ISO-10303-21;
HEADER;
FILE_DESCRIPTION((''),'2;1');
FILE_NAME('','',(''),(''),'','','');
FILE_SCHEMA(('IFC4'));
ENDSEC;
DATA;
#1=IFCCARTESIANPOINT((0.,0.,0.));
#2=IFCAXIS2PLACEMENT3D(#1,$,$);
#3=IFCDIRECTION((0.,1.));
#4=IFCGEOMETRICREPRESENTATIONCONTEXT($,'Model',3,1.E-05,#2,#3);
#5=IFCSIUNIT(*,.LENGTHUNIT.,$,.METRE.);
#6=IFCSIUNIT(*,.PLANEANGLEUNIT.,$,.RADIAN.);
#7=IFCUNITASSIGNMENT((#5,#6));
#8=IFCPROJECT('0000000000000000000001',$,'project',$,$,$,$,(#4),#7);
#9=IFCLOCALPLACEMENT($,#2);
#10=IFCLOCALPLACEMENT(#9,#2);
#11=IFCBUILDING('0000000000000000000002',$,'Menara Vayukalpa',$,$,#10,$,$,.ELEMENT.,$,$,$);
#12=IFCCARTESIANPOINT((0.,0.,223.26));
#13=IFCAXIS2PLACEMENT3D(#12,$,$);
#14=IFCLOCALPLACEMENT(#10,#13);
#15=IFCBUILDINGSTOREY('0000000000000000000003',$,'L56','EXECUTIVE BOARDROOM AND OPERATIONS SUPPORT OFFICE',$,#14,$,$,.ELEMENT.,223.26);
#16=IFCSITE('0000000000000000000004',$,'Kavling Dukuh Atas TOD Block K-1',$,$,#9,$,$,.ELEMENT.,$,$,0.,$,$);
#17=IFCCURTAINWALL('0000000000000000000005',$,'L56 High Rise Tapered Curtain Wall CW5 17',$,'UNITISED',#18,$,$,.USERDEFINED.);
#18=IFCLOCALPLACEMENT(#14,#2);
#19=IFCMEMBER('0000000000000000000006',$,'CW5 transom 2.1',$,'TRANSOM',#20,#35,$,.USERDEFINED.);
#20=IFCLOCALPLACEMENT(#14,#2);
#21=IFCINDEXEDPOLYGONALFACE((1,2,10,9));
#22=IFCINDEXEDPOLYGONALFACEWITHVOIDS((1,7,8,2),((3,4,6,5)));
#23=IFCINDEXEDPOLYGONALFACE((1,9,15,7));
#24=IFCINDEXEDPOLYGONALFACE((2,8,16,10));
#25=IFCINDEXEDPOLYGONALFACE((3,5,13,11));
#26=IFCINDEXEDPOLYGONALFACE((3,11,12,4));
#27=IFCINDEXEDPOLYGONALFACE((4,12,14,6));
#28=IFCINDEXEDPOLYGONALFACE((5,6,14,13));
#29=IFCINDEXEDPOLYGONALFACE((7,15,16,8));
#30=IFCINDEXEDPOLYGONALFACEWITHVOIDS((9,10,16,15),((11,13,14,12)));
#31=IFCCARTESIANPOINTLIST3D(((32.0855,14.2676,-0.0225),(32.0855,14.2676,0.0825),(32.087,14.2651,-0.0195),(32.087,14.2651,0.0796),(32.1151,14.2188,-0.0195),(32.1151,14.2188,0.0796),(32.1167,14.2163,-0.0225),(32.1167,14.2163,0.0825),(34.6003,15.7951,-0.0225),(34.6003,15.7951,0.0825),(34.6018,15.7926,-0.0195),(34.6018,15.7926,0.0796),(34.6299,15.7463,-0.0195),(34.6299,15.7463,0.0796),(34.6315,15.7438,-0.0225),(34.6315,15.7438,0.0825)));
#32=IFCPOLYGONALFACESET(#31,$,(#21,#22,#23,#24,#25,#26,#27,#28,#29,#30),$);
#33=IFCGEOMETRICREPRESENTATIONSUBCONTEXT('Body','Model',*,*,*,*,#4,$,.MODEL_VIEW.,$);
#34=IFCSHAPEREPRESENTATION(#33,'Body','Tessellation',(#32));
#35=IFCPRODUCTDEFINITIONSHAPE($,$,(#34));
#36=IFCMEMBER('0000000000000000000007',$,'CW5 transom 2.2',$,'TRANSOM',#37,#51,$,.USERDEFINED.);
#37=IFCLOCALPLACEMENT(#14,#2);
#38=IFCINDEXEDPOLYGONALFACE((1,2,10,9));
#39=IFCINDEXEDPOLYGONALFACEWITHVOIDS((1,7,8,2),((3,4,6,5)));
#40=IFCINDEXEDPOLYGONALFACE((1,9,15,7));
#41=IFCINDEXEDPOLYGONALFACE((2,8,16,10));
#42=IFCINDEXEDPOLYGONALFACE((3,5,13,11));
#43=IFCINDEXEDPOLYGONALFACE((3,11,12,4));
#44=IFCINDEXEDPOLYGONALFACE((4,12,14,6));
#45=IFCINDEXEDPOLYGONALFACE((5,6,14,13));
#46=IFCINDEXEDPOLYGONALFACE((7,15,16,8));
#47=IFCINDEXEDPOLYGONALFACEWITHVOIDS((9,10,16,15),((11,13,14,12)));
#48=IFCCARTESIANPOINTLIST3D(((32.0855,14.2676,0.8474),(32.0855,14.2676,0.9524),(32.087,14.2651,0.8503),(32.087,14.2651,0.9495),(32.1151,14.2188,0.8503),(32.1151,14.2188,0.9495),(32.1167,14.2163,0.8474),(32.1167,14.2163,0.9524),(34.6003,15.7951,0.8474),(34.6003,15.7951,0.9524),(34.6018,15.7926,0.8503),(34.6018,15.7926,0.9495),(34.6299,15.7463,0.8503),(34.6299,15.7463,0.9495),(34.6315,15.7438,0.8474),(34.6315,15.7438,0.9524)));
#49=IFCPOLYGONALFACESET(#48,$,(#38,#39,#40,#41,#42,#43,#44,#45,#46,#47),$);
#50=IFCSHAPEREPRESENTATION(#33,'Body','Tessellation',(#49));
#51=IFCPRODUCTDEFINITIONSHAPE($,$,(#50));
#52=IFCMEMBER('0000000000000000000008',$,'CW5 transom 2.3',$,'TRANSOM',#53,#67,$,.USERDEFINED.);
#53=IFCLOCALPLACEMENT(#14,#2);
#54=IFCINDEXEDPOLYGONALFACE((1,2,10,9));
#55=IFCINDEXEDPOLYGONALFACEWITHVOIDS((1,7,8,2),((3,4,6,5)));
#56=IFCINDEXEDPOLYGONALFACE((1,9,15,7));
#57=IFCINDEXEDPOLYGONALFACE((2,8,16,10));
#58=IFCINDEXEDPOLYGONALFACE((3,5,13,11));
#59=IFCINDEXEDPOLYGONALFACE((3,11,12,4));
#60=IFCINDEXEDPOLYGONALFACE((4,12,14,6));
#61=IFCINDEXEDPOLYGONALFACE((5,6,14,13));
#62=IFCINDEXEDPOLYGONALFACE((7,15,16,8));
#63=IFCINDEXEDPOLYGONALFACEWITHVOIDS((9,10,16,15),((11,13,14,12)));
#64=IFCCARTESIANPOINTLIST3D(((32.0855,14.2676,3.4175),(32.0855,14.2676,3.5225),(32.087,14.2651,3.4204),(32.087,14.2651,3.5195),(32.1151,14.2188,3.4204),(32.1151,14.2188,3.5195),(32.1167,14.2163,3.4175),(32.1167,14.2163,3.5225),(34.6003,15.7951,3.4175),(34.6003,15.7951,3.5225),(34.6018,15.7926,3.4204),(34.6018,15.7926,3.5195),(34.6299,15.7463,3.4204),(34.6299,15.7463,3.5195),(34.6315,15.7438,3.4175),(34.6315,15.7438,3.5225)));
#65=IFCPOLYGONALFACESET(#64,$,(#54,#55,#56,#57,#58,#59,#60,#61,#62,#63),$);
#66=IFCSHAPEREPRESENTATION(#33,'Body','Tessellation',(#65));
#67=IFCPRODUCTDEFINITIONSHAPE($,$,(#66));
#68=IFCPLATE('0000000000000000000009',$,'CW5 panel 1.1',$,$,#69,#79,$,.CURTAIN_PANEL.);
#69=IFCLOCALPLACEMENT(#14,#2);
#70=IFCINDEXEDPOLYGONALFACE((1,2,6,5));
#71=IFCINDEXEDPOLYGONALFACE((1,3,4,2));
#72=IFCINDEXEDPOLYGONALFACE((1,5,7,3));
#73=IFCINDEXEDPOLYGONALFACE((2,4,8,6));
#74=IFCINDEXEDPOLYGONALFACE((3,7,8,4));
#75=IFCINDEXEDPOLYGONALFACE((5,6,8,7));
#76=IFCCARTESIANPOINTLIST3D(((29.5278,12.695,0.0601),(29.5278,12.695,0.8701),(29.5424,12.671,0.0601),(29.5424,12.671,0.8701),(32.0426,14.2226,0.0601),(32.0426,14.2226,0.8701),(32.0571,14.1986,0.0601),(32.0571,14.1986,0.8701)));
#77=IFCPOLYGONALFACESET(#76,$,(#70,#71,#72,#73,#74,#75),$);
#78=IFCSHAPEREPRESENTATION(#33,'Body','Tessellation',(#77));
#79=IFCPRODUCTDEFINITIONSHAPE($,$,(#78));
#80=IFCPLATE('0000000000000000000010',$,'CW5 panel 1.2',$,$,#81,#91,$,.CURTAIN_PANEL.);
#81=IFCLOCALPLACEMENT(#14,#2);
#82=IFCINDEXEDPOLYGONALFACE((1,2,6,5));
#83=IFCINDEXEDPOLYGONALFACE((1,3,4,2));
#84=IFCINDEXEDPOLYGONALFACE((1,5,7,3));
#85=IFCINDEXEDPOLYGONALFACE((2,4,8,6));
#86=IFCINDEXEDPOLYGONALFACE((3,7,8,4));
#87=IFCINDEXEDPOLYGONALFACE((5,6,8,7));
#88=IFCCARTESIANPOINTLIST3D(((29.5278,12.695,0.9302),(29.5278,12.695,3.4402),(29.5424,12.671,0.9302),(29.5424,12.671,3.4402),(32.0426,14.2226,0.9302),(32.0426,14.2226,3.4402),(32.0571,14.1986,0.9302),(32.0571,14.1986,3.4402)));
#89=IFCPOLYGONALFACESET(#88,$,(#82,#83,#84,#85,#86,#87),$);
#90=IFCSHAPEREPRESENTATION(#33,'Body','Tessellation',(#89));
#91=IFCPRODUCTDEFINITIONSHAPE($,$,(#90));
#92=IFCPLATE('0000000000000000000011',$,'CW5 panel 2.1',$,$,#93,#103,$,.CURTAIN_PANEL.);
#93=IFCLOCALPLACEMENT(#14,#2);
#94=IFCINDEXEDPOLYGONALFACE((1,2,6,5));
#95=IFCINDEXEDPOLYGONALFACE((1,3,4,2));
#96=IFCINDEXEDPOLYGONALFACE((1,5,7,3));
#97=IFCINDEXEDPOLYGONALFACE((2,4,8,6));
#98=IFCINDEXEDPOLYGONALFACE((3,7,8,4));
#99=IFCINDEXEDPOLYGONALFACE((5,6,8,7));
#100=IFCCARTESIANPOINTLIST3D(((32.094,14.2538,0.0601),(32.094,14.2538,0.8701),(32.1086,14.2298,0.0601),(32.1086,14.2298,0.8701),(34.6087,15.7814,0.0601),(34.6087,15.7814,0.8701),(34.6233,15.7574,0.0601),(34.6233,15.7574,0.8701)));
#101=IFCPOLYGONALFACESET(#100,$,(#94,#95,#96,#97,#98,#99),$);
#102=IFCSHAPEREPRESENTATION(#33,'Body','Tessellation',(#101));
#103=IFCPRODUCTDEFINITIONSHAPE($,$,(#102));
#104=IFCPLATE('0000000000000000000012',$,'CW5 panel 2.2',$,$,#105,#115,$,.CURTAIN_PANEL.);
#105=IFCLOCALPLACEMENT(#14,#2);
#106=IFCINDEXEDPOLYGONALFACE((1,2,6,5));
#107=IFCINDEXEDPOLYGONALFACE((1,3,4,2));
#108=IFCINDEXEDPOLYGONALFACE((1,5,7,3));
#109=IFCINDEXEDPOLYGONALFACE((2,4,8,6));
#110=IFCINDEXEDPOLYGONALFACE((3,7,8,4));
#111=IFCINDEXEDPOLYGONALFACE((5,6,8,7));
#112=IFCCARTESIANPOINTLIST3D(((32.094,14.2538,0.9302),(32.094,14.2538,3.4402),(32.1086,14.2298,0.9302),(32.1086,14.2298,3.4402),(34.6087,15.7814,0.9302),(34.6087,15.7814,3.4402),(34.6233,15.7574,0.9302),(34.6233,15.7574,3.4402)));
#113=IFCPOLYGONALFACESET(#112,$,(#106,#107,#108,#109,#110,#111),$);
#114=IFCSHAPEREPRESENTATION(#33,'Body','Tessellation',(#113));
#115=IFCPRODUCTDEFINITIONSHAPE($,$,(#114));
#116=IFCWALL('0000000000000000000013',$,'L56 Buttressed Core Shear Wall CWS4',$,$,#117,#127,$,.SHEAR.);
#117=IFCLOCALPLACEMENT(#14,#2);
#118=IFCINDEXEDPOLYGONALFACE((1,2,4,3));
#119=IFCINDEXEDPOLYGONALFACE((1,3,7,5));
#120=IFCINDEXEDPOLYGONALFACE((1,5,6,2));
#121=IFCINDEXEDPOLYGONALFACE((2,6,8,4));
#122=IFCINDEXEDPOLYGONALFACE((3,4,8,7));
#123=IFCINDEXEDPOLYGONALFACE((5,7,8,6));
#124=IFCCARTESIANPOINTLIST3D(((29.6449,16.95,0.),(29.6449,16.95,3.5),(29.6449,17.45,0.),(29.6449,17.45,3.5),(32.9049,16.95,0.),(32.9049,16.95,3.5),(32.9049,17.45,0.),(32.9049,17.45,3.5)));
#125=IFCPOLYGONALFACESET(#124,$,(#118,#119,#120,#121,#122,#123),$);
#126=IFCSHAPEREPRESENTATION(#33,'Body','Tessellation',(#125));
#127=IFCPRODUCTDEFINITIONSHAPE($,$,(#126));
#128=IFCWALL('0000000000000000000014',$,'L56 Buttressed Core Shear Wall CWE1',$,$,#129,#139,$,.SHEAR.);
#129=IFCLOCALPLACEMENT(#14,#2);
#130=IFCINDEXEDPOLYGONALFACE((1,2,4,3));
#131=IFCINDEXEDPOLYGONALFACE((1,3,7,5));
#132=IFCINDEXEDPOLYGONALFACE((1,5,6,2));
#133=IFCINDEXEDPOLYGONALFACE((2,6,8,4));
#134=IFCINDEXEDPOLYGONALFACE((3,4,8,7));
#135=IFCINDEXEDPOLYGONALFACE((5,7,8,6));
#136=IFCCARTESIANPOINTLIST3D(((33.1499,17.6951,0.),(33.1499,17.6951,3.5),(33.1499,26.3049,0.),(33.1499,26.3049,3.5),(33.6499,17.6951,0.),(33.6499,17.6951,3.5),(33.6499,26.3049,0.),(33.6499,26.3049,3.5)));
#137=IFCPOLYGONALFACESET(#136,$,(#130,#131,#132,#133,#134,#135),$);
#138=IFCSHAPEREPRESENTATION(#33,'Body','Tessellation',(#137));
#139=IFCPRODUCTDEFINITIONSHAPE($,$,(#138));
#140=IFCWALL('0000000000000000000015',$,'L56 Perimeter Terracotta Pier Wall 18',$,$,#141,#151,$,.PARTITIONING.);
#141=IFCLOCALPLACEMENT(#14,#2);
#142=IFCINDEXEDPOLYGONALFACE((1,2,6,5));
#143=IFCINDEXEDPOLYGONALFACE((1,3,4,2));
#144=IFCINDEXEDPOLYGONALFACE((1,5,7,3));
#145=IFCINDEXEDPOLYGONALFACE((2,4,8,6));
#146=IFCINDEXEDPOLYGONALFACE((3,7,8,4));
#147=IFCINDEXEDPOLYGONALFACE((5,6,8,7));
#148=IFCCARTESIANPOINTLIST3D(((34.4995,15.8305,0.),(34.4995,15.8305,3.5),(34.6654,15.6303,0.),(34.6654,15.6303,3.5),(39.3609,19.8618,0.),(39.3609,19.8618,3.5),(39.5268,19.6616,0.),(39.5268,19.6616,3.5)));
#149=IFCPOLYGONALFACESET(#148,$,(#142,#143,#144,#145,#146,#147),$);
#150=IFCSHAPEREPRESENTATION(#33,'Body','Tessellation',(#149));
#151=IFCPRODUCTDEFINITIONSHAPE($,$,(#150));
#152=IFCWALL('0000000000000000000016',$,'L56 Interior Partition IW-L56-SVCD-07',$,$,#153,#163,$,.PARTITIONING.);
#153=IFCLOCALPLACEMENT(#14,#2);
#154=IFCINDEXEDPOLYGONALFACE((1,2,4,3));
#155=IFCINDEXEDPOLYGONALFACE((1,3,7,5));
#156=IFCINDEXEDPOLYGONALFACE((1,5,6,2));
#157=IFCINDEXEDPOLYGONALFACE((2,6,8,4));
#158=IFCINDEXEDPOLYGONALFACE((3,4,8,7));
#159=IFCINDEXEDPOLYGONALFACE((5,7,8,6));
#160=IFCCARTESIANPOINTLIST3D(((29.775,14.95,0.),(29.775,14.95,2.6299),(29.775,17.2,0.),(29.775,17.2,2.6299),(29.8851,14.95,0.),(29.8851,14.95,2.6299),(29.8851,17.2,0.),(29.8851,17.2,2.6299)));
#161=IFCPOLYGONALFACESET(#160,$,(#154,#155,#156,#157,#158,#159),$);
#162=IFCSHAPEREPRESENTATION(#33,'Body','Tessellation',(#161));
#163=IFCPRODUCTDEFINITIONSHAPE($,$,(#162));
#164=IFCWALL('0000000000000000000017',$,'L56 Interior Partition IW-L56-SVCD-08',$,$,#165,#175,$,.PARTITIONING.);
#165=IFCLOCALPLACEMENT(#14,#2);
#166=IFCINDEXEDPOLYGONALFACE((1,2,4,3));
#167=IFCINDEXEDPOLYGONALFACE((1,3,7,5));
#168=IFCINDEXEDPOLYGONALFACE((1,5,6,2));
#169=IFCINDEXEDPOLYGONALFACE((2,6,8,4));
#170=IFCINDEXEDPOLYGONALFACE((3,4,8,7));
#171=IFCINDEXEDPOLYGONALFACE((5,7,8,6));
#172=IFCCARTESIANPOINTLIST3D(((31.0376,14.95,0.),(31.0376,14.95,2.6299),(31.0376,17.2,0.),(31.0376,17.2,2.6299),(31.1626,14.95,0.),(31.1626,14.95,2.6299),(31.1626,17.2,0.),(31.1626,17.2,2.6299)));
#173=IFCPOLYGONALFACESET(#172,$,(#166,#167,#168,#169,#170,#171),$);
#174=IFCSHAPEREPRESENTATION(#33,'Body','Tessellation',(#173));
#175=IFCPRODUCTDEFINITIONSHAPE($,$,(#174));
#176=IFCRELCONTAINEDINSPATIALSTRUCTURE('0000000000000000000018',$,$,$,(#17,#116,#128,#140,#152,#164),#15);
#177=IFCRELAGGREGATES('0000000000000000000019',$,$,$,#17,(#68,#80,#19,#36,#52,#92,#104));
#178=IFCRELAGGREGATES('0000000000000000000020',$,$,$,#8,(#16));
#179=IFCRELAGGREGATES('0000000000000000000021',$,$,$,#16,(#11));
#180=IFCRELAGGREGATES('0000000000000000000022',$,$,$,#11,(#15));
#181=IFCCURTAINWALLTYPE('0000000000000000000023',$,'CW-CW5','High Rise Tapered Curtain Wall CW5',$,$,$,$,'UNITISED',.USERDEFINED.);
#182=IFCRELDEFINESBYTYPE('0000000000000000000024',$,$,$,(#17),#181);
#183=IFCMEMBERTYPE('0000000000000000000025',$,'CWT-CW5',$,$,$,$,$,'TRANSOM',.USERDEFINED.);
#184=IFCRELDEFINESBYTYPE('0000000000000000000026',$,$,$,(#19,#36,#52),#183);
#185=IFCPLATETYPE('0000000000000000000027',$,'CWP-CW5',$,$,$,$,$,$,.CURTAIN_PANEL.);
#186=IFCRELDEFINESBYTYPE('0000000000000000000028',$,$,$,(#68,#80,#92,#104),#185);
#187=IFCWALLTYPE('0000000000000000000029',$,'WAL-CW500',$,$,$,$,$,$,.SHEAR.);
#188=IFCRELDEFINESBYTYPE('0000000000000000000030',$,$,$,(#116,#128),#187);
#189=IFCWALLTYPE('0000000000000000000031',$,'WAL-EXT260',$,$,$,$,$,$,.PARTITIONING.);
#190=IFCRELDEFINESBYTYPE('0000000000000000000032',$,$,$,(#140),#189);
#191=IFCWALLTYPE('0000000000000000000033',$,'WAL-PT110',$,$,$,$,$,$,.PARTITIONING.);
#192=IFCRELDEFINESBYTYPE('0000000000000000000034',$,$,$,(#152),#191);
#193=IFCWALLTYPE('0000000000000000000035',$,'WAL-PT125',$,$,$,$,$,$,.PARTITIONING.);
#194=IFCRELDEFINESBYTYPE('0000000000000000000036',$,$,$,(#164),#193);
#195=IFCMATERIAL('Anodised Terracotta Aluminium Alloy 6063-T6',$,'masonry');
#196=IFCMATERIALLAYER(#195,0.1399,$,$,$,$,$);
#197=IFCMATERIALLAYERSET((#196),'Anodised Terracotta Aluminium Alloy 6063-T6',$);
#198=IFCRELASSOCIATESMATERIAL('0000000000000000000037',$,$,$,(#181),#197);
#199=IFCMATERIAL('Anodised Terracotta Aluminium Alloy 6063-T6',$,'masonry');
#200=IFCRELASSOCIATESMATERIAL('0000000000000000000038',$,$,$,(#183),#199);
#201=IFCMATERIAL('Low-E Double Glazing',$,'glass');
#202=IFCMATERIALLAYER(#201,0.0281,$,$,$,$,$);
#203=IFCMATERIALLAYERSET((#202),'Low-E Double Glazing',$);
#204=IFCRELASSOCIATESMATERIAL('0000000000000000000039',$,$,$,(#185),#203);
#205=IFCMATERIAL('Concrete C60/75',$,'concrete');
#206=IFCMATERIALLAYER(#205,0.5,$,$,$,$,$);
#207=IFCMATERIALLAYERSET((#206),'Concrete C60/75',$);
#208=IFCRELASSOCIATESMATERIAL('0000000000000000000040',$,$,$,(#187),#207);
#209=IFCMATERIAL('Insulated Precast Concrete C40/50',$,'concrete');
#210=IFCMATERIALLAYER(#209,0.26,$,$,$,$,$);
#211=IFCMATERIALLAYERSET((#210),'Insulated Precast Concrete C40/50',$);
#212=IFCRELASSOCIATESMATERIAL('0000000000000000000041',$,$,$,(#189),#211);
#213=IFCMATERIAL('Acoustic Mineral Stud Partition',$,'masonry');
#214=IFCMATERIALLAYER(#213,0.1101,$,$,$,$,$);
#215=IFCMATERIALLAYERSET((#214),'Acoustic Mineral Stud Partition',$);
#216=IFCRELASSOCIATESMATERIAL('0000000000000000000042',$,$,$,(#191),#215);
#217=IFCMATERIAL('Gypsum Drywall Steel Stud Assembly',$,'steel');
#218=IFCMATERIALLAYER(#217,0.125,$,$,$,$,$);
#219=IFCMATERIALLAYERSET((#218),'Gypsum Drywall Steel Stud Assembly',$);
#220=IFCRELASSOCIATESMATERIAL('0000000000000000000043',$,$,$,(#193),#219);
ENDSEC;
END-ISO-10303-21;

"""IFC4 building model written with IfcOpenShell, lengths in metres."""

from ifc_helpers import new_model, si_unit, direction, frame, frame_2d, origin, origin_2d, place, context, subcontext, project, spatial, rectangle, hollow_rectangle, extrude, material, layer, layer_set, material_profile, profile_set, type_object, element, aggregate, save


model = new_model("IFC4")

# Units and contexts
model_context = context("Model", 3, precision=1e-05, world=origin(), true_north=direction((0.0, 1.0)))
body_context = subcontext(model_context, "Body", "Model", "MODEL_VIEW")
ifc_project = project(units=[si_unit("LENGTHUNIT", "METRE"), si_unit("PLANEANGLEUNIT", "RADIAN")], contexts=[model_context])

# Site, building, storey
site_placement = place(None, origin())
site = spatial("IfcSite", under=ifc_project, at=site_placement, Name="Kavling Dukuh Atas TOD Block K-1", CompositionType="ELEMENT", RefElevation=0.0)
building_placement = place(site_placement, origin())
building = spatial("IfcBuilding", under=site, at=building_placement, Name="Menara Vayukalpa", CompositionType="ELEMENT")
storey_placement = place(building_placement, frame((0.0, 0.0, 223.26)))
storey = spatial("IfcBuildingStorey", under=building, at=storey_placement, Name="L56", Description="EXECUTIVE BOARDROOM AND OPERATIONS SUPPORT OFFICE", CompositionType="ELEMENT", Elevation=223.26)

# Shared definitions
ifc_material_1 = material(Name="Anodised Terracotta Aluminium Alloy 6063-T6", Category="masonry")
ifc_layer_1 = layer(ifc_material_1, 0.1399)
ifc_layer_set_1 = layer_set([ifc_layer_1], Name="Anodised Terracotta Aluminium Alloy 6063-T6")
curtain_wall_type = type_object("IfcCurtainWallType", Name="CW-CW5", Description="High Rise Tapered Curtain Wall CW5", ElementType="UNITISED", PredefinedType="USERDEFINED", material=ifc_layer_set_1)

# Curtain wall, members, plates
curtain_wall_1_placement = place(storey_placement, origin())
curtain_wall_1 = element("IfcCurtainWall", 1, at=curtain_wall_1_placement, inside=storey, type_object=curtain_wall_type, Name="L56 High Rise Tapered Curtain Wall CW5 17", ObjectType="UNITISED", PredefinedType="USERDEFINED")
ifc_material_2 = material(Name="Anodised Terracotta Aluminium Alloy 6063-T6", Category="masonry")
ifc_material_profile_1 = material_profile(ifc_material_2, hollow_rectangle(XDim=0.0601, YDim=0.105, WallThickness=0.0029, at=origin_2d()), Name="ALU 60x105x3")
ifc_profile_set_1 = profile_set([ifc_material_profile_1], Name="Anodised Terracotta Aluminium Alloy 6063-T6")
member_type_1 = type_object("IfcMemberType", Name="CWT-CW5", ElementType="TRANSOM", PredefinedType="USERDEFINED", material=ifc_profile_set_1)
member_1_placement = place(storey_placement, frame((32.1011, 14.2419, 0.03), z_axis=(0.854684, 0.519149, 0.0), x_axis=(-0.519149, 0.854684, 0.0)))
member_1 = element("IfcMember", 2, at=member_1_placement, type_object=member_type_1, Name="CW5 transom 2.1", ObjectType="TRANSOM", PredefinedType="USERDEFINED", context=body_context, shape_type="SweptSolid", body=[
    extrude(hollow_rectangle(XDim=0.0601, YDim=0.105, WallThickness=0.0029, at=origin_2d()), origin(), (0.0, 0.0, 1.0), 2.9424),
])
member_2_placement = place(storey_placement, frame((32.1011, 14.2419, 0.8999), z_axis=(0.854684, 0.519149, 0.0), x_axis=(-0.519149, 0.854684, 0.0)))
member_2 = element("IfcMember", 3, at=member_2_placement, type_object=member_type_1, Name="CW5 transom 2.2", ObjectType="TRANSOM", PredefinedType="USERDEFINED", context=body_context, shape_type="SweptSolid", body=[
    extrude(hollow_rectangle(XDim=0.0601, YDim=0.105, WallThickness=0.0029, at=origin_2d()), origin(), (0.0, 0.0, 1.0), 2.9424),
])
member_3_placement = place(storey_placement, frame((32.1011, 14.2419, 3.47), z_axis=(0.854684, 0.519149, 0.0), x_axis=(-0.519149, 0.854684, 0.0)))
member_3 = element("IfcMember", 4, at=member_3_placement, type_object=member_type_1, Name="CW5 transom 2.3", ObjectType="TRANSOM", PredefinedType="USERDEFINED", context=body_context, shape_type="SweptSolid", body=[
    extrude(hollow_rectangle(XDim=0.0601, YDim=0.105, WallThickness=0.0029, at=origin_2d()), origin(), (0.0, 0.0, 1.0), 2.9424),
])
ifc_material_3 = material(Name="Low-E Double Glazing", Category="glass")
ifc_layer_2 = layer(ifc_material_3, 0.0281)
ifc_layer_set_2 = layer_set([ifc_layer_2], Name="Low-E Double Glazing")
plate_type = type_object("IfcPlateType", Name="CWP-CW5", PredefinedType="CURTAIN_PANEL", material=ifc_layer_set_2)
plate_1_placement = place(storey_placement, frame((30.7925, 13.4468, 0.0601), z_axis=(0.0, 0.0, 1.0), x_axis=(0.854665, 0.51918, 0.0)))
plate_1 = element("IfcPlate", 5, at=plate_1_placement, type_object=plate_type, Name="CW5 panel 1.1", PredefinedType="CURTAIN_PANEL", context=body_context, shape_type="SweptSolid", body=[
    extrude(rectangle(XDim=2.9424, YDim=0.0281, at=origin_2d()), origin(), (0.0, 0.0, 1.0), 0.8101),
])
plate_2_placement = place(storey_placement, frame((30.7925, 13.4468, 0.9302), z_axis=(0.0, 0.0, 1.0), x_axis=(0.854665, 0.51918, 0.0)))
plate_2 = element("IfcPlate", 6, at=plate_2_placement, type_object=plate_type, Name="CW5 panel 1.2", PredefinedType="CURTAIN_PANEL", context=body_context, shape_type="SweptSolid", body=[
    extrude(rectangle(XDim=2.9424, YDim=0.0281, at=origin_2d()), origin(), (0.0, 0.0, 1.0), 2.51),
])
plate_3_placement = place(storey_placement, frame((33.3586, 15.0056, 0.0601), z_axis=(0.0, 0.0, 1.0), x_axis=(0.854665, 0.51918, 0.0)))
plate_3 = element("IfcPlate", 7, at=plate_3_placement, type_object=plate_type, Name="CW5 panel 2.1", PredefinedType="CURTAIN_PANEL", context=body_context, shape_type="SweptSolid", body=[
    extrude(rectangle(XDim=2.9424, YDim=0.0281, at=origin_2d()), origin(), (0.0, 0.0, 1.0), 0.8101),
])
plate_4_placement = place(storey_placement, frame((33.3586, 15.0056, 0.9302), z_axis=(0.0, 0.0, 1.0), x_axis=(0.854665, 0.51918, 0.0)))
plate_4 = element("IfcPlate", 8, at=plate_4_placement, type_object=plate_type, Name="CW5 panel 2.2", PredefinedType="CURTAIN_PANEL", context=body_context, shape_type="SweptSolid", body=[
    extrude(rectangle(XDim=2.9424, YDim=0.0281, at=origin_2d()), origin(), (0.0, 0.0, 1.0), 2.51),
])
aggregate(curtain_wall_1, [plate_1, plate_2, member_1, member_2, member_3, plate_3, plate_4])

# Walls
ifc_material_4 = material(Name="Concrete C60/75", Category="concrete")
ifc_layer_3 = layer(ifc_material_4, 0.5)
ifc_layer_set_3 = layer_set([ifc_layer_3], Name="Concrete C60/75")
wall_type_1 = type_object("IfcWallType", Name="WAL-CW500", PredefinedType="SHEAR", material=ifc_layer_set_3)
wall_1_placement = place(storey_placement, frame((29.645, 17.2, 0.0), z_axis=(0.0, 0.0, 1.0), x_axis=(1.0, 0.0, 0.0)))
element("IfcWall", 9, at=wall_1_placement, inside=storey, type_object=wall_type_1, Name="L56 Buttressed Core Shear Wall CWS4", PredefinedType="SHEAR", context=body_context, shape_type="SweptSolid", body=[
    extrude(rectangle(XDim=3.26, YDim=0.5, at=frame_2d((1.6299, 0.0))), origin(), (0.0, 0.0, 1.0), 3.5),
])
wall_2_placement = place(storey_placement, frame((33.3999, 17.6951, 0.0), z_axis=(0.0, 0.0, 1.0), x_axis=(0.0, 1.0, 0.0)))
element("IfcWall", 10, at=wall_2_placement, inside=storey, type_object=wall_type_1, Name="L56 Buttressed Core Shear Wall CWE1", PredefinedType="SHEAR", context=body_context, shape_type="SweptSolid", body=[
    extrude(rectangle(XDim=8.6099, YDim=0.5, at=frame_2d((4.3049, 0.0))), origin(), (0.0, 0.0, 1.0), 3.5),
])
ifc_material_5 = material(Name="Insulated Precast Concrete C40/50", Category="concrete")
ifc_layer_4 = layer(ifc_material_5, 0.26)
ifc_layer_set_4 = layer_set([ifc_layer_4], Name="Insulated Precast Concrete C40/50")
wall_type_2 = type_object("IfcWallType", Name="WAL-EXT260", PredefinedType="PARTITIONING", material=ifc_layer_set_4)
wall_3_placement = place(storey_placement, frame((39.4438, 19.7617, 0.0), z_axis=(0.0, 0.0, 1.0), x_axis=(-0.769765, -0.638327, 0.0)))
element("IfcWall", 11, at=wall_3_placement, inside=storey, type_object=wall_type_2, Name="L56 Perimeter Terracotta Pier Wall 18", PredefinedType="PARTITIONING", context=body_context, shape_type="SweptSolid", body=[
    extrude(rectangle(XDim=6.3154, YDim=0.26, at=frame_2d((3.1577, 0.0))), origin(), (0.0, 0.0, 1.0), 3.5),
])
ifc_material_6 = material(Name="Acoustic Mineral Stud Partition", Category="masonry")
ifc_layer_5 = layer(ifc_material_6, 0.1101)
ifc_layer_set_5 = layer_set([ifc_layer_5], Name="Acoustic Mineral Stud Partition")
wall_type_3 = type_object("IfcWallType", Name="WAL-PT110", PredefinedType="PARTITIONING", material=ifc_layer_set_5)
wall_4_placement = place(storey_placement, frame((29.8301, 14.95, 0.0), z_axis=(0.0, 0.0, 1.0), x_axis=(0.0, 1.0, 0.0)))
element("IfcWall", 12, at=wall_4_placement, inside=storey, type_object=wall_type_3, Name="L56 Interior Partition IW-L56-SVCD-07", PredefinedType="PARTITIONING", context=body_context, shape_type="SweptSolid", body=[
    extrude(rectangle(XDim=2.25, YDim=0.1101, at=frame_2d((1.125, 0.0))), origin(), (0.0, 0.0, 1.0), 2.6299),
])
ifc_material_7 = material(Name="Gypsum Drywall Steel Stud Assembly", Category="steel")
ifc_layer_6 = layer(ifc_material_7, 0.125)
ifc_layer_set_6 = layer_set([ifc_layer_6], Name="Gypsum Drywall Steel Stud Assembly")
wall_type_4 = type_object("IfcWallType", Name="WAL-PT125", PredefinedType="PARTITIONING", material=ifc_layer_set_6)
wall_5_placement = place(storey_placement, frame((31.1001, 14.95, 0.0), z_axis=(0.0, 0.0, 1.0), x_axis=(0.0, 1.0, 0.0)))
element("IfcWall", 13, at=wall_5_placement, inside=storey, type_object=wall_type_4, Name="L56 Interior Partition IW-L56-SVCD-08", PredefinedType="PARTITIONING", context=body_context, shape_type="SweptSolid", body=[
    extrude(rectangle(XDim=2.25, YDim=0.125, at=frame_2d((1.125, 0.0))), origin(), (0.0, 0.0, 1.0), 2.6299),
])

save(model, "model.ifc")
